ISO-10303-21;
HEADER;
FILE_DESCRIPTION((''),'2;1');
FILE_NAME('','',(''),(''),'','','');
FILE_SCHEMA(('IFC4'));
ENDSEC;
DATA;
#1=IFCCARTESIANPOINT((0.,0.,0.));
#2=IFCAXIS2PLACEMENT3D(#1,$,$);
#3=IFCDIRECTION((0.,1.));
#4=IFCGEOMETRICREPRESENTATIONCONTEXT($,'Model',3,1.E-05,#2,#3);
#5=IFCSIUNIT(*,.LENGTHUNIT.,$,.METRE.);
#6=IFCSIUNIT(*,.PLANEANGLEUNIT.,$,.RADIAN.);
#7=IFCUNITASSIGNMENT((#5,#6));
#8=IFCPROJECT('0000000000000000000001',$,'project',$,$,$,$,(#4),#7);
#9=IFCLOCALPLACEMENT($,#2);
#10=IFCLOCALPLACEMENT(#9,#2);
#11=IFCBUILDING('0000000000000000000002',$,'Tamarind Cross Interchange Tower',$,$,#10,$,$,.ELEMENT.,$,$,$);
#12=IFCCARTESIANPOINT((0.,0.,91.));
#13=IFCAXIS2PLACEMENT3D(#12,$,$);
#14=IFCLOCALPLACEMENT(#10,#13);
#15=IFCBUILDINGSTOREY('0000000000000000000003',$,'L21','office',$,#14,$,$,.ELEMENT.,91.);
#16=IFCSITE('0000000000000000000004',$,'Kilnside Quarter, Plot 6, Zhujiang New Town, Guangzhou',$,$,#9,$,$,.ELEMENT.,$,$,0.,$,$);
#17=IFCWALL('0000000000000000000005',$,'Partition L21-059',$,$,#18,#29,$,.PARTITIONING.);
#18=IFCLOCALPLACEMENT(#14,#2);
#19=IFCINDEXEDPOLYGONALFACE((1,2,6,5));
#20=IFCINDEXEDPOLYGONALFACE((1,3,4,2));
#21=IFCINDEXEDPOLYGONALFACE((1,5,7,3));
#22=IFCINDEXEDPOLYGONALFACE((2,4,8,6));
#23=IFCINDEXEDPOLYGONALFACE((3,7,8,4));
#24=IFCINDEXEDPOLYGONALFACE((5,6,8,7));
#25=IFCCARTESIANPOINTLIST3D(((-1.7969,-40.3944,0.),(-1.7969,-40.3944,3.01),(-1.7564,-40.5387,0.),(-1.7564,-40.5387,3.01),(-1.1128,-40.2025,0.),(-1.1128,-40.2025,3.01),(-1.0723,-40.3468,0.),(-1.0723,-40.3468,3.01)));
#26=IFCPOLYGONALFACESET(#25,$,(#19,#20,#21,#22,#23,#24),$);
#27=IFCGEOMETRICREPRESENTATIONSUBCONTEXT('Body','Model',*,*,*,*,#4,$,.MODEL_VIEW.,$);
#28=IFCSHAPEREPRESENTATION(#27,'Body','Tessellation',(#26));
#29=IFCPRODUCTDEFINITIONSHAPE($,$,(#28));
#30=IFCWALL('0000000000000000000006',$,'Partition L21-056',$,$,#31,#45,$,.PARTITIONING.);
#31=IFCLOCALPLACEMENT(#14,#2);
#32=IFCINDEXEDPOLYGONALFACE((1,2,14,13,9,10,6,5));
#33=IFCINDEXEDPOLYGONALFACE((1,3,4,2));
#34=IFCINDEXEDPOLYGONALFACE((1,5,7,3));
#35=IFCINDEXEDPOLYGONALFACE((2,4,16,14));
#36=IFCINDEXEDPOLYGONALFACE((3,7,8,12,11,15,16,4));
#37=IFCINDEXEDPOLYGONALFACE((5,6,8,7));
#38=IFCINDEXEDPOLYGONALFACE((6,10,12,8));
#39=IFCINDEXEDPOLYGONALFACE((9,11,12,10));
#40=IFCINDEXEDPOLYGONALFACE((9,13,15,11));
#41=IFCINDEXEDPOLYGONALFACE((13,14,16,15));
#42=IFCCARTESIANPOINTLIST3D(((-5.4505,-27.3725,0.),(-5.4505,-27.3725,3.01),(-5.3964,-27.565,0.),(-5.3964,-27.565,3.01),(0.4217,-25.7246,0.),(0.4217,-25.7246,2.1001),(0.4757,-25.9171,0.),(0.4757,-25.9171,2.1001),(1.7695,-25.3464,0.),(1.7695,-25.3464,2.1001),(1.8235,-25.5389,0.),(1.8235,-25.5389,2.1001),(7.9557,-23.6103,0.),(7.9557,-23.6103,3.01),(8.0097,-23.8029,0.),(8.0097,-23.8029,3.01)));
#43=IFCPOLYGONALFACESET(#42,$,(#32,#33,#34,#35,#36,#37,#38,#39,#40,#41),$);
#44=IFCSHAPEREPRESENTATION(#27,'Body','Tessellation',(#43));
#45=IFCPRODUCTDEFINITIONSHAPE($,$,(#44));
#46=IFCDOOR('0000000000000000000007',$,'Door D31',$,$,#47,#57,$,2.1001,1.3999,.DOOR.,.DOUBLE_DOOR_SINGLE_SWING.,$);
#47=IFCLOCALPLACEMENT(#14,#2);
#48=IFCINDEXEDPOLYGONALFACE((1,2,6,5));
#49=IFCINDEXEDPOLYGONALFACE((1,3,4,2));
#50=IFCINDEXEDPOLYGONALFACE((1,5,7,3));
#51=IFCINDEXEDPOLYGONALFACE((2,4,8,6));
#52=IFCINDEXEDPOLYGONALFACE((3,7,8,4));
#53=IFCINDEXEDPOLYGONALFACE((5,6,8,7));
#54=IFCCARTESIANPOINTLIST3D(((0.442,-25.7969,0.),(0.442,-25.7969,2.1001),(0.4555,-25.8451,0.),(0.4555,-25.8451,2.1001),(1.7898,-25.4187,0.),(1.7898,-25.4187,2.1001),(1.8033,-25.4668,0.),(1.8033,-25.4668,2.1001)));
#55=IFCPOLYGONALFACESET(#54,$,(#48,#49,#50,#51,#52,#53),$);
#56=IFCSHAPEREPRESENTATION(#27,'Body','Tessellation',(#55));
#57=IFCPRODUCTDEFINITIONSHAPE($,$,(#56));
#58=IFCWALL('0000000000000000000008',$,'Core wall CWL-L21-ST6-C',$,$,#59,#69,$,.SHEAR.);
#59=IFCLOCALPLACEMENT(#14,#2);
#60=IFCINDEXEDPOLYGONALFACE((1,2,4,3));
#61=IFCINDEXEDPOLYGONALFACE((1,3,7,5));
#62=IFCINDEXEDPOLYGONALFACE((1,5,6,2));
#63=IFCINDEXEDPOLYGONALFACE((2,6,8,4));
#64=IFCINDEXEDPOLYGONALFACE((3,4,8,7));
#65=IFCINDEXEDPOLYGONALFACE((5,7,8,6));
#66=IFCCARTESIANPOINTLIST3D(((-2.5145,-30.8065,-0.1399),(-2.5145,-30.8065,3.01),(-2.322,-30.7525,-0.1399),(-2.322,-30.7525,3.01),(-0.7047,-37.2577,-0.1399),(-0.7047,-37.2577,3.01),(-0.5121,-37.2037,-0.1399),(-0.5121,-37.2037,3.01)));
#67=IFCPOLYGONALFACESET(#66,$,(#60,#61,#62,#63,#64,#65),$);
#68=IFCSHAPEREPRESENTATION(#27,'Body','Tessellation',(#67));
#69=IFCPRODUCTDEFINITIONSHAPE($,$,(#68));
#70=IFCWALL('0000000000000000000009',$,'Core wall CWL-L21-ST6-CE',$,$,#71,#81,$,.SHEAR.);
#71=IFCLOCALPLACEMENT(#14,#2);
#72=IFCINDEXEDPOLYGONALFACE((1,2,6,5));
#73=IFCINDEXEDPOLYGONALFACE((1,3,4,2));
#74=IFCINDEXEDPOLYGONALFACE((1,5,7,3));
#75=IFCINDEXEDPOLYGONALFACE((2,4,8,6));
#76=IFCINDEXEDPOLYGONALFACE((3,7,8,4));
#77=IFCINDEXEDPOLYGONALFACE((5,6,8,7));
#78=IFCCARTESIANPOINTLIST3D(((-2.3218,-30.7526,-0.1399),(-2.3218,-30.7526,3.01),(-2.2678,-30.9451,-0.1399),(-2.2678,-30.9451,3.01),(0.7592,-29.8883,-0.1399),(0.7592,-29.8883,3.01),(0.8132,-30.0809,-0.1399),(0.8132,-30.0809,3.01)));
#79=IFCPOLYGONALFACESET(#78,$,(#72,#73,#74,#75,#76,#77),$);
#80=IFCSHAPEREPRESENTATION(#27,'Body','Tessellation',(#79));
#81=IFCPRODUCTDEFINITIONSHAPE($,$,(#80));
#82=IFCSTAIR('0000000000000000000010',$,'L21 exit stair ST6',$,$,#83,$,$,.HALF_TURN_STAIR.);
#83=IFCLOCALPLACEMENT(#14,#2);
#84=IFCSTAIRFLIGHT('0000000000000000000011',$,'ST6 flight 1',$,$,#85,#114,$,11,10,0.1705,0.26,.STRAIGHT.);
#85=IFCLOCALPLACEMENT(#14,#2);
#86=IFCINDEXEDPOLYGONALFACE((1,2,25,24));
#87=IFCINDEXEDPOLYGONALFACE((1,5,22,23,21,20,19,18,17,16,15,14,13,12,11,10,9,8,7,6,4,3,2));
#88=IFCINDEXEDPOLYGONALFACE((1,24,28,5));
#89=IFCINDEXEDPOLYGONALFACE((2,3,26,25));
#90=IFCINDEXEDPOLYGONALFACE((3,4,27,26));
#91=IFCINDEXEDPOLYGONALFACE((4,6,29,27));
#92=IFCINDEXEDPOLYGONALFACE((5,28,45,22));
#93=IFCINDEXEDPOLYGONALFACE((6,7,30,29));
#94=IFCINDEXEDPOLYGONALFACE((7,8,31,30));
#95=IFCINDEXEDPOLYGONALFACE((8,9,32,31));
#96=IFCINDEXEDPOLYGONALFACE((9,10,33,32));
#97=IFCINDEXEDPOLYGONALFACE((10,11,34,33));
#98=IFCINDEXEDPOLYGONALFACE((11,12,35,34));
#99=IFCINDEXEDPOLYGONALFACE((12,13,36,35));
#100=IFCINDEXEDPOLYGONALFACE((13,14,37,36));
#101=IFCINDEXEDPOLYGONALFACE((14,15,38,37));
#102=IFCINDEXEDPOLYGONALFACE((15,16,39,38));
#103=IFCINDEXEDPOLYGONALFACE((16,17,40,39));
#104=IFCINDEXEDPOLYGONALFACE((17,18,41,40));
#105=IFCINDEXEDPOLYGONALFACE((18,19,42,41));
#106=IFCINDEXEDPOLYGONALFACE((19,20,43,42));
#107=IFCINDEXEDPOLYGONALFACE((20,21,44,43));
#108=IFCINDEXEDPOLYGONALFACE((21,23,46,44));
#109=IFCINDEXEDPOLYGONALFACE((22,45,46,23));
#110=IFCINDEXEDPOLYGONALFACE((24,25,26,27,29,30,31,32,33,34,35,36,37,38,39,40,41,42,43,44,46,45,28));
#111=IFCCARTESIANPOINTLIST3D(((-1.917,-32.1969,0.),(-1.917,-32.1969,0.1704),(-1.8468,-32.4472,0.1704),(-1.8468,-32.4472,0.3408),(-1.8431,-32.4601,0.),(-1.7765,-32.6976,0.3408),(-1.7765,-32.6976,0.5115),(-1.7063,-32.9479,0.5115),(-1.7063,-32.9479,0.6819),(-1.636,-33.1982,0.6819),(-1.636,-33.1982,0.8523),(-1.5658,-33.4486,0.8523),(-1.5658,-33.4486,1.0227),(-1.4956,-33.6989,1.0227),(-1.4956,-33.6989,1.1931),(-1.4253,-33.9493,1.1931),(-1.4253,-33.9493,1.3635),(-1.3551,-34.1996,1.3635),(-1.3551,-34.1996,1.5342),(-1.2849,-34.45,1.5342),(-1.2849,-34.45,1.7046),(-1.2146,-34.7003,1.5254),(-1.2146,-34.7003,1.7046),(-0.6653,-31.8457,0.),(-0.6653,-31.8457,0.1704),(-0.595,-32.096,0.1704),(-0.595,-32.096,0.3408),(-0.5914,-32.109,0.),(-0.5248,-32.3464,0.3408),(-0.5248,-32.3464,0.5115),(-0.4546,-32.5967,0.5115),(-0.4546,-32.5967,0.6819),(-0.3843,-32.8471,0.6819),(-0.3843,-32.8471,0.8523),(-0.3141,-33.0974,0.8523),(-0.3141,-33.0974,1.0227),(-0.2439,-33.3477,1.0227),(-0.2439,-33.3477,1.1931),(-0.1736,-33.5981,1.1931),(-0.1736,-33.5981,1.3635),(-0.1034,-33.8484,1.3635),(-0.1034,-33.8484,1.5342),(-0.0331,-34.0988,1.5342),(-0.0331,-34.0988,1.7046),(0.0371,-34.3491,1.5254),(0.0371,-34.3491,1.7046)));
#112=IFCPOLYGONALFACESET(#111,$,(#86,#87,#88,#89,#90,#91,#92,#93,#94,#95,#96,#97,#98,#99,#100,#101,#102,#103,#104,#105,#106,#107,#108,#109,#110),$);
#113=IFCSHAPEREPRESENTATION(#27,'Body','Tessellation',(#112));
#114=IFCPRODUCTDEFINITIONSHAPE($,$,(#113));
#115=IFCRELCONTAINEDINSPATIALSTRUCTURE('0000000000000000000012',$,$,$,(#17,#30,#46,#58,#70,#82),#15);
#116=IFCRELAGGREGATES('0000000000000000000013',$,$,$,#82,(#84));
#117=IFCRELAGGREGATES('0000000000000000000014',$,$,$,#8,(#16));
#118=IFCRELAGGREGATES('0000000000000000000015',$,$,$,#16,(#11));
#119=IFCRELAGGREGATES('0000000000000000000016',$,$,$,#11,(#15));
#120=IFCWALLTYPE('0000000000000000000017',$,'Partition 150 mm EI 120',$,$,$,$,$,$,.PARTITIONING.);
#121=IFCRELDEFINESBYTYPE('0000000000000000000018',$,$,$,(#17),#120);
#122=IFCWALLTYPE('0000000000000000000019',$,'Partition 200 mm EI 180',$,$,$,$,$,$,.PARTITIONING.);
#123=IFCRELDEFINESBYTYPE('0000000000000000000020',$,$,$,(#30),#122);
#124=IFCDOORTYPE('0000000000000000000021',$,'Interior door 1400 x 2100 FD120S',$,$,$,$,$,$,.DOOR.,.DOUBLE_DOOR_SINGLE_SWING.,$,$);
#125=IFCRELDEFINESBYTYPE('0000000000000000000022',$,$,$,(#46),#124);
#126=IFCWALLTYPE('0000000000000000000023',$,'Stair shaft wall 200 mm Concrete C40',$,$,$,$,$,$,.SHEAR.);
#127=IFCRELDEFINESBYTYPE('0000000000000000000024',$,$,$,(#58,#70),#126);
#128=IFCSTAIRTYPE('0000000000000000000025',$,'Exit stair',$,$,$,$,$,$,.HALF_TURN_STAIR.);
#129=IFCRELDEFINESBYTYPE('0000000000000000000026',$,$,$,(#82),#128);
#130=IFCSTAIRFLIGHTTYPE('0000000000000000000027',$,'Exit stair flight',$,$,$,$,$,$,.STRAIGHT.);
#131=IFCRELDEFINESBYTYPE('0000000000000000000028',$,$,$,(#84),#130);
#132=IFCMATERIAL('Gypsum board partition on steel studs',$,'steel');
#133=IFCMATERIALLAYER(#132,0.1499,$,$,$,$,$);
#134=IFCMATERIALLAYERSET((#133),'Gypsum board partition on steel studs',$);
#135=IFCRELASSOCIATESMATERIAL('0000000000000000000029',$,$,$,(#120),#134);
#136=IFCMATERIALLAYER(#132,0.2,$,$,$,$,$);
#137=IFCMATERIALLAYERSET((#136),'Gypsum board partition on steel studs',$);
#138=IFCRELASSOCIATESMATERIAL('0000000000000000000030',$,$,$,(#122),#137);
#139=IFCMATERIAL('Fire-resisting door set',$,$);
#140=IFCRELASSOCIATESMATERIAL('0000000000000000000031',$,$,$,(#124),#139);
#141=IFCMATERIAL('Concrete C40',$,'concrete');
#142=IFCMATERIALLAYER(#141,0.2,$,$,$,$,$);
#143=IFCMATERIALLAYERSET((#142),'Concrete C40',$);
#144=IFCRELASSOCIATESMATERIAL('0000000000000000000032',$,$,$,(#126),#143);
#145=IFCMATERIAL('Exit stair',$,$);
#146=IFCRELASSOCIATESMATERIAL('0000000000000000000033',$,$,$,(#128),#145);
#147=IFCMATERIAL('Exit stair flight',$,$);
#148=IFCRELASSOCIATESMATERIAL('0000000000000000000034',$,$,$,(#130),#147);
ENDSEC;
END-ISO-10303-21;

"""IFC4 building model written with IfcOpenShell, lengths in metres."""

from ifc_helpers import new_model, si_unit, direction, frame, frame_2d, origin, place, context, subcontext, project, spatial, polyline, rectangle, outline, extrude, material, layer, layer_set, type_object, element, fill, aggregate, save


model = new_model("IFC4")

# Units and contexts
model_context = context("Model", 3, precision=1e-05, world=origin(), true_north=direction((0.0, 1.0)))
body_context = subcontext(model_context, "Body", "Model", "MODEL_VIEW")
ifc_project = project(units=[si_unit("LENGTHUNIT", "METRE"), si_unit("PLANEANGLEUNIT", "RADIAN")], contexts=[model_context])

# Site, building, storey
site_placement = place(None, origin())
site = spatial("IfcSite", under=ifc_project, at=site_placement, Name="Kilnside Quarter, Plot 6, Zhujiang New Town, Guangzhou", CompositionType="ELEMENT", RefElevation=0.0)
building_placement = place(site_placement, origin())
building = spatial("IfcBuilding", under=site, at=building_placement, Name="Tamarind Cross Interchange Tower", CompositionType="ELEMENT")
storey_placement = place(building_placement, frame((0.0, 0.0, 91.0)))
storey = spatial("IfcBuildingStorey", under=building, at=storey_placement, Name="L21", Description="office", CompositionType="ELEMENT", Elevation=91.0)

# Shared definitions
ifc_material_1 = material(Name="Gypsum board partition on steel studs", Category="steel")
ifc_layer_1 = layer(ifc_material_1, 0.1499)
ifc_layer_set_1 = layer_set([ifc_layer_1], Name="Gypsum board partition on steel studs")
wall_type_1 = type_object("IfcWallType", Name="Partition 150 mm EI 120", PredefinedType="PARTITIONING", material=ifc_layer_set_1)

# Shared definitions
ifc_material_2 = material(Name="Fire-resisting door set")

# Wall
wall_1_placement = place(storey_placement, frame((-1.7766, -40.4666, 0.0), z_axis=(0.0, 0.0, 1.0), x_axis=(0.962835, 0.270089, 0.0)))
element("IfcWall", 1, at=wall_1_placement, inside=storey, type_object=wall_type_1, Name="Partition L21-059", PredefinedType="PARTITIONING", context=body_context, shape_type="SweptSolid", body=[
    extrude(rectangle(XDim=0.7104, YDim=0.1499, at=frame_2d((0.3552, 0.0))), origin(), (0.0, 0.0, 1.0), 3.01),
])

# Wall, opening, door
ifc_layer_2 = layer(ifc_material_1, 0.2)
ifc_layer_set_2 = layer_set([ifc_layer_2], Name="Gypsum board partition on steel studs")
wall_type_2 = type_object("IfcWallType", Name="Partition 200 mm EI 180", PredefinedType="PARTITIONING", material=ifc_layer_set_2)
wall_2_placement = place(storey_placement, frame((-5.4233, -27.4688, 0.0), z_axis=(0.0, 0.0, 1.0), x_axis=(0.962806, 0.270193, 0.0)))
wall_2 = element("IfcWall", 2, at=wall_2_placement, inside=storey, type_object=wall_type_2, Name="Partition L21-056", PredefinedType="PARTITIONING", context=body_context, shape_type="SweptSolid", body=[
    extrude(rectangle(XDim=13.9241, YDim=0.2, at=frame_2d((6.9619, 0.0))), origin(), (0.0, 0.0, 1.0), 3.01),
])
opening_1_placement = place(wall_2_placement, frame((6.0989, 0.0, 0.0)))
opening_1 = element("IfcOpeningElement", 3, at=opening_1_placement, cuts=wall_2, PredefinedType="OPENING", context=body_context, shape_type="SweptSolid", body=[
    extrude(rectangle(XDim=1.3999, YDim=2.1001, at=frame_2d((0.7, 1.05))), frame((0.0, 0.1099, 0.0), z_axis=(0.0, -1.0, 0.0), x_axis=(1.0, 0.0, 0.0)), (0.0, 0.0, 1.0), 0.22),
])
door_type_1 = type_object("IfcDoorType", Name="Interior door 1400 x 2100 FD120S", OperationType="DOUBLE_DOOR_SINGLE_SWING", PredefinedType="DOOR", material=ifc_material_2)
door_1_placement = place(opening_1_placement, origin())
door_1 = element("IfcDoor", 4, at=door_1_placement, inside=storey, type_object=door_type_1, Name="Door D31", OperationType="DOUBLE_DOOR_SINGLE_SWING", OverallHeight=2.1001, OverallWidth=1.3999, PredefinedType="DOOR", context=body_context, shape_type="SweptSolid", body=[
    extrude(rectangle(XDim=1.3999, YDim=2.1001, at=frame_2d((0.7, 1.05))), frame((0.0, 0.0249, 0.0), z_axis=(0.0, -1.0, 0.0), x_axis=(1.0, 0.0, 0.0)), (0.0, 0.0, 1.0), 0.05),
])
fill(opening_1, door_1)

# Walls
ifc_material_3 = material(Name="Concrete C40", Category="concrete")
ifc_layer_3 = layer(ifc_material_3, 0.2)
ifc_layer_set_3 = layer_set([ifc_layer_3], Name="Concrete C40")
wall_type_3 = type_object("IfcWallType", Name="Stair shaft wall 200 mm Concrete C40", PredefinedType="SHEAR", material=ifc_layer_set_3)
wall_3_placement = place(storey_placement, frame((-2.4182, -30.7795, -0.1399), z_axis=(0.0, 0.0, 1.0), x_axis=(0.270112, -0.962829, 0.0)))
element("IfcWall", 5, at=wall_3_placement, inside=storey, type_object=wall_type_3, Name="Core wall CWL-L21-ST6-C", PredefinedType="SHEAR", context=body_context, shape_type="SweptSolid", body=[
    extrude(rectangle(XDim=6.7002, YDim=0.2, at=frame_2d((3.3501, 0.0))), origin(), (0.0, 0.0, 1.0), 3.1499),
])
wall_4_placement = place(storey_placement, frame((-2.2949, -30.8489, -0.1399), z_axis=(0.0, 0.0, 1.0), x_axis=(0.962837, 0.270083, 0.0)))
element("IfcWall", 6, at=wall_4_placement, inside=storey, type_object=wall_type_3, Name="Core wall CWL-L21-ST6-CE", PredefinedType="SHEAR", context=body_context, shape_type="SweptSolid", body=[
    extrude(rectangle(XDim=3.2, YDim=0.2, at=frame_2d((1.6001, 0.0))), origin(), (0.0, 0.0, 1.0), 3.1499),
])

# Stair, stair flight
ifc_material_4 = material(Name="Exit stair")
stair_type = type_object("IfcStairType", Name="Exit stair", PredefinedType="HALF_TURN_STAIR", material=ifc_material_4)
stair_placement = place(storey_placement, origin())
stair = element("IfcStair", 7, at=stair_placement, inside=storey, type_object=stair_type, Name="L21 exit stair ST6", PredefinedType="HALF_TURN_STAIR")
ifc_material_5 = material(Name="Exit stair flight")
stair_flight_type = type_object("IfcStairFlightType", Name="Exit stair flight", PredefinedType="STRAIGHT", material=ifc_material_5)
stair_flight_placement = place(storey_placement, frame((-1.291, -32.0212, 0.0), z_axis=(0.0, 0.0, 1.0), x_axis=(0.27013, -0.962824, 0.0)))
stair_flight = element("IfcStairFlight", 8, at=stair_flight_placement, type_object=stair_flight_type, Name="ST6 flight 1", NumberOfRisers=11, NumberOfTreads=10, PredefinedType="STRAIGHT", RiserHeight=0.1705, TreadLength=0.26, context=body_context, shape_type="SweptSolid", body=[
    extrude(outline(polyline([(0.0, 0.0), (0.0, 0.1704), (0.26, 0.1704), (0.26, 0.3408), (0.52, 0.3408), (0.52, 0.5115), (0.78, 0.5115), (0.78, 0.6819), (1.04, 0.6819), (1.04, 0.8523), (1.3, 0.8523), (1.3, 1.0227), (1.5601, 1.0227), (1.5601, 1.1931), (1.8201, 1.1931), (1.8201, 1.3635), (2.0801, 1.3635), (2.0801, 1.5342), (2.3401, 1.5342), (2.3401, 1.7046), (2.6001, 1.7046), (2.6001, 1.875), (2.6001, 1.5254), (0.2734, 0.0), (0.0, 0.0)])), frame((0.0, 0.6499, 0.0), z_axis=(0.0, -1.0, 0.0), x_axis=(1.0, 0.0, 0.0)), (0.0, 0.0, 1.0), 1.3),
])
aggregate(stair, [stair_flight])

save(model, "model.ifc")
